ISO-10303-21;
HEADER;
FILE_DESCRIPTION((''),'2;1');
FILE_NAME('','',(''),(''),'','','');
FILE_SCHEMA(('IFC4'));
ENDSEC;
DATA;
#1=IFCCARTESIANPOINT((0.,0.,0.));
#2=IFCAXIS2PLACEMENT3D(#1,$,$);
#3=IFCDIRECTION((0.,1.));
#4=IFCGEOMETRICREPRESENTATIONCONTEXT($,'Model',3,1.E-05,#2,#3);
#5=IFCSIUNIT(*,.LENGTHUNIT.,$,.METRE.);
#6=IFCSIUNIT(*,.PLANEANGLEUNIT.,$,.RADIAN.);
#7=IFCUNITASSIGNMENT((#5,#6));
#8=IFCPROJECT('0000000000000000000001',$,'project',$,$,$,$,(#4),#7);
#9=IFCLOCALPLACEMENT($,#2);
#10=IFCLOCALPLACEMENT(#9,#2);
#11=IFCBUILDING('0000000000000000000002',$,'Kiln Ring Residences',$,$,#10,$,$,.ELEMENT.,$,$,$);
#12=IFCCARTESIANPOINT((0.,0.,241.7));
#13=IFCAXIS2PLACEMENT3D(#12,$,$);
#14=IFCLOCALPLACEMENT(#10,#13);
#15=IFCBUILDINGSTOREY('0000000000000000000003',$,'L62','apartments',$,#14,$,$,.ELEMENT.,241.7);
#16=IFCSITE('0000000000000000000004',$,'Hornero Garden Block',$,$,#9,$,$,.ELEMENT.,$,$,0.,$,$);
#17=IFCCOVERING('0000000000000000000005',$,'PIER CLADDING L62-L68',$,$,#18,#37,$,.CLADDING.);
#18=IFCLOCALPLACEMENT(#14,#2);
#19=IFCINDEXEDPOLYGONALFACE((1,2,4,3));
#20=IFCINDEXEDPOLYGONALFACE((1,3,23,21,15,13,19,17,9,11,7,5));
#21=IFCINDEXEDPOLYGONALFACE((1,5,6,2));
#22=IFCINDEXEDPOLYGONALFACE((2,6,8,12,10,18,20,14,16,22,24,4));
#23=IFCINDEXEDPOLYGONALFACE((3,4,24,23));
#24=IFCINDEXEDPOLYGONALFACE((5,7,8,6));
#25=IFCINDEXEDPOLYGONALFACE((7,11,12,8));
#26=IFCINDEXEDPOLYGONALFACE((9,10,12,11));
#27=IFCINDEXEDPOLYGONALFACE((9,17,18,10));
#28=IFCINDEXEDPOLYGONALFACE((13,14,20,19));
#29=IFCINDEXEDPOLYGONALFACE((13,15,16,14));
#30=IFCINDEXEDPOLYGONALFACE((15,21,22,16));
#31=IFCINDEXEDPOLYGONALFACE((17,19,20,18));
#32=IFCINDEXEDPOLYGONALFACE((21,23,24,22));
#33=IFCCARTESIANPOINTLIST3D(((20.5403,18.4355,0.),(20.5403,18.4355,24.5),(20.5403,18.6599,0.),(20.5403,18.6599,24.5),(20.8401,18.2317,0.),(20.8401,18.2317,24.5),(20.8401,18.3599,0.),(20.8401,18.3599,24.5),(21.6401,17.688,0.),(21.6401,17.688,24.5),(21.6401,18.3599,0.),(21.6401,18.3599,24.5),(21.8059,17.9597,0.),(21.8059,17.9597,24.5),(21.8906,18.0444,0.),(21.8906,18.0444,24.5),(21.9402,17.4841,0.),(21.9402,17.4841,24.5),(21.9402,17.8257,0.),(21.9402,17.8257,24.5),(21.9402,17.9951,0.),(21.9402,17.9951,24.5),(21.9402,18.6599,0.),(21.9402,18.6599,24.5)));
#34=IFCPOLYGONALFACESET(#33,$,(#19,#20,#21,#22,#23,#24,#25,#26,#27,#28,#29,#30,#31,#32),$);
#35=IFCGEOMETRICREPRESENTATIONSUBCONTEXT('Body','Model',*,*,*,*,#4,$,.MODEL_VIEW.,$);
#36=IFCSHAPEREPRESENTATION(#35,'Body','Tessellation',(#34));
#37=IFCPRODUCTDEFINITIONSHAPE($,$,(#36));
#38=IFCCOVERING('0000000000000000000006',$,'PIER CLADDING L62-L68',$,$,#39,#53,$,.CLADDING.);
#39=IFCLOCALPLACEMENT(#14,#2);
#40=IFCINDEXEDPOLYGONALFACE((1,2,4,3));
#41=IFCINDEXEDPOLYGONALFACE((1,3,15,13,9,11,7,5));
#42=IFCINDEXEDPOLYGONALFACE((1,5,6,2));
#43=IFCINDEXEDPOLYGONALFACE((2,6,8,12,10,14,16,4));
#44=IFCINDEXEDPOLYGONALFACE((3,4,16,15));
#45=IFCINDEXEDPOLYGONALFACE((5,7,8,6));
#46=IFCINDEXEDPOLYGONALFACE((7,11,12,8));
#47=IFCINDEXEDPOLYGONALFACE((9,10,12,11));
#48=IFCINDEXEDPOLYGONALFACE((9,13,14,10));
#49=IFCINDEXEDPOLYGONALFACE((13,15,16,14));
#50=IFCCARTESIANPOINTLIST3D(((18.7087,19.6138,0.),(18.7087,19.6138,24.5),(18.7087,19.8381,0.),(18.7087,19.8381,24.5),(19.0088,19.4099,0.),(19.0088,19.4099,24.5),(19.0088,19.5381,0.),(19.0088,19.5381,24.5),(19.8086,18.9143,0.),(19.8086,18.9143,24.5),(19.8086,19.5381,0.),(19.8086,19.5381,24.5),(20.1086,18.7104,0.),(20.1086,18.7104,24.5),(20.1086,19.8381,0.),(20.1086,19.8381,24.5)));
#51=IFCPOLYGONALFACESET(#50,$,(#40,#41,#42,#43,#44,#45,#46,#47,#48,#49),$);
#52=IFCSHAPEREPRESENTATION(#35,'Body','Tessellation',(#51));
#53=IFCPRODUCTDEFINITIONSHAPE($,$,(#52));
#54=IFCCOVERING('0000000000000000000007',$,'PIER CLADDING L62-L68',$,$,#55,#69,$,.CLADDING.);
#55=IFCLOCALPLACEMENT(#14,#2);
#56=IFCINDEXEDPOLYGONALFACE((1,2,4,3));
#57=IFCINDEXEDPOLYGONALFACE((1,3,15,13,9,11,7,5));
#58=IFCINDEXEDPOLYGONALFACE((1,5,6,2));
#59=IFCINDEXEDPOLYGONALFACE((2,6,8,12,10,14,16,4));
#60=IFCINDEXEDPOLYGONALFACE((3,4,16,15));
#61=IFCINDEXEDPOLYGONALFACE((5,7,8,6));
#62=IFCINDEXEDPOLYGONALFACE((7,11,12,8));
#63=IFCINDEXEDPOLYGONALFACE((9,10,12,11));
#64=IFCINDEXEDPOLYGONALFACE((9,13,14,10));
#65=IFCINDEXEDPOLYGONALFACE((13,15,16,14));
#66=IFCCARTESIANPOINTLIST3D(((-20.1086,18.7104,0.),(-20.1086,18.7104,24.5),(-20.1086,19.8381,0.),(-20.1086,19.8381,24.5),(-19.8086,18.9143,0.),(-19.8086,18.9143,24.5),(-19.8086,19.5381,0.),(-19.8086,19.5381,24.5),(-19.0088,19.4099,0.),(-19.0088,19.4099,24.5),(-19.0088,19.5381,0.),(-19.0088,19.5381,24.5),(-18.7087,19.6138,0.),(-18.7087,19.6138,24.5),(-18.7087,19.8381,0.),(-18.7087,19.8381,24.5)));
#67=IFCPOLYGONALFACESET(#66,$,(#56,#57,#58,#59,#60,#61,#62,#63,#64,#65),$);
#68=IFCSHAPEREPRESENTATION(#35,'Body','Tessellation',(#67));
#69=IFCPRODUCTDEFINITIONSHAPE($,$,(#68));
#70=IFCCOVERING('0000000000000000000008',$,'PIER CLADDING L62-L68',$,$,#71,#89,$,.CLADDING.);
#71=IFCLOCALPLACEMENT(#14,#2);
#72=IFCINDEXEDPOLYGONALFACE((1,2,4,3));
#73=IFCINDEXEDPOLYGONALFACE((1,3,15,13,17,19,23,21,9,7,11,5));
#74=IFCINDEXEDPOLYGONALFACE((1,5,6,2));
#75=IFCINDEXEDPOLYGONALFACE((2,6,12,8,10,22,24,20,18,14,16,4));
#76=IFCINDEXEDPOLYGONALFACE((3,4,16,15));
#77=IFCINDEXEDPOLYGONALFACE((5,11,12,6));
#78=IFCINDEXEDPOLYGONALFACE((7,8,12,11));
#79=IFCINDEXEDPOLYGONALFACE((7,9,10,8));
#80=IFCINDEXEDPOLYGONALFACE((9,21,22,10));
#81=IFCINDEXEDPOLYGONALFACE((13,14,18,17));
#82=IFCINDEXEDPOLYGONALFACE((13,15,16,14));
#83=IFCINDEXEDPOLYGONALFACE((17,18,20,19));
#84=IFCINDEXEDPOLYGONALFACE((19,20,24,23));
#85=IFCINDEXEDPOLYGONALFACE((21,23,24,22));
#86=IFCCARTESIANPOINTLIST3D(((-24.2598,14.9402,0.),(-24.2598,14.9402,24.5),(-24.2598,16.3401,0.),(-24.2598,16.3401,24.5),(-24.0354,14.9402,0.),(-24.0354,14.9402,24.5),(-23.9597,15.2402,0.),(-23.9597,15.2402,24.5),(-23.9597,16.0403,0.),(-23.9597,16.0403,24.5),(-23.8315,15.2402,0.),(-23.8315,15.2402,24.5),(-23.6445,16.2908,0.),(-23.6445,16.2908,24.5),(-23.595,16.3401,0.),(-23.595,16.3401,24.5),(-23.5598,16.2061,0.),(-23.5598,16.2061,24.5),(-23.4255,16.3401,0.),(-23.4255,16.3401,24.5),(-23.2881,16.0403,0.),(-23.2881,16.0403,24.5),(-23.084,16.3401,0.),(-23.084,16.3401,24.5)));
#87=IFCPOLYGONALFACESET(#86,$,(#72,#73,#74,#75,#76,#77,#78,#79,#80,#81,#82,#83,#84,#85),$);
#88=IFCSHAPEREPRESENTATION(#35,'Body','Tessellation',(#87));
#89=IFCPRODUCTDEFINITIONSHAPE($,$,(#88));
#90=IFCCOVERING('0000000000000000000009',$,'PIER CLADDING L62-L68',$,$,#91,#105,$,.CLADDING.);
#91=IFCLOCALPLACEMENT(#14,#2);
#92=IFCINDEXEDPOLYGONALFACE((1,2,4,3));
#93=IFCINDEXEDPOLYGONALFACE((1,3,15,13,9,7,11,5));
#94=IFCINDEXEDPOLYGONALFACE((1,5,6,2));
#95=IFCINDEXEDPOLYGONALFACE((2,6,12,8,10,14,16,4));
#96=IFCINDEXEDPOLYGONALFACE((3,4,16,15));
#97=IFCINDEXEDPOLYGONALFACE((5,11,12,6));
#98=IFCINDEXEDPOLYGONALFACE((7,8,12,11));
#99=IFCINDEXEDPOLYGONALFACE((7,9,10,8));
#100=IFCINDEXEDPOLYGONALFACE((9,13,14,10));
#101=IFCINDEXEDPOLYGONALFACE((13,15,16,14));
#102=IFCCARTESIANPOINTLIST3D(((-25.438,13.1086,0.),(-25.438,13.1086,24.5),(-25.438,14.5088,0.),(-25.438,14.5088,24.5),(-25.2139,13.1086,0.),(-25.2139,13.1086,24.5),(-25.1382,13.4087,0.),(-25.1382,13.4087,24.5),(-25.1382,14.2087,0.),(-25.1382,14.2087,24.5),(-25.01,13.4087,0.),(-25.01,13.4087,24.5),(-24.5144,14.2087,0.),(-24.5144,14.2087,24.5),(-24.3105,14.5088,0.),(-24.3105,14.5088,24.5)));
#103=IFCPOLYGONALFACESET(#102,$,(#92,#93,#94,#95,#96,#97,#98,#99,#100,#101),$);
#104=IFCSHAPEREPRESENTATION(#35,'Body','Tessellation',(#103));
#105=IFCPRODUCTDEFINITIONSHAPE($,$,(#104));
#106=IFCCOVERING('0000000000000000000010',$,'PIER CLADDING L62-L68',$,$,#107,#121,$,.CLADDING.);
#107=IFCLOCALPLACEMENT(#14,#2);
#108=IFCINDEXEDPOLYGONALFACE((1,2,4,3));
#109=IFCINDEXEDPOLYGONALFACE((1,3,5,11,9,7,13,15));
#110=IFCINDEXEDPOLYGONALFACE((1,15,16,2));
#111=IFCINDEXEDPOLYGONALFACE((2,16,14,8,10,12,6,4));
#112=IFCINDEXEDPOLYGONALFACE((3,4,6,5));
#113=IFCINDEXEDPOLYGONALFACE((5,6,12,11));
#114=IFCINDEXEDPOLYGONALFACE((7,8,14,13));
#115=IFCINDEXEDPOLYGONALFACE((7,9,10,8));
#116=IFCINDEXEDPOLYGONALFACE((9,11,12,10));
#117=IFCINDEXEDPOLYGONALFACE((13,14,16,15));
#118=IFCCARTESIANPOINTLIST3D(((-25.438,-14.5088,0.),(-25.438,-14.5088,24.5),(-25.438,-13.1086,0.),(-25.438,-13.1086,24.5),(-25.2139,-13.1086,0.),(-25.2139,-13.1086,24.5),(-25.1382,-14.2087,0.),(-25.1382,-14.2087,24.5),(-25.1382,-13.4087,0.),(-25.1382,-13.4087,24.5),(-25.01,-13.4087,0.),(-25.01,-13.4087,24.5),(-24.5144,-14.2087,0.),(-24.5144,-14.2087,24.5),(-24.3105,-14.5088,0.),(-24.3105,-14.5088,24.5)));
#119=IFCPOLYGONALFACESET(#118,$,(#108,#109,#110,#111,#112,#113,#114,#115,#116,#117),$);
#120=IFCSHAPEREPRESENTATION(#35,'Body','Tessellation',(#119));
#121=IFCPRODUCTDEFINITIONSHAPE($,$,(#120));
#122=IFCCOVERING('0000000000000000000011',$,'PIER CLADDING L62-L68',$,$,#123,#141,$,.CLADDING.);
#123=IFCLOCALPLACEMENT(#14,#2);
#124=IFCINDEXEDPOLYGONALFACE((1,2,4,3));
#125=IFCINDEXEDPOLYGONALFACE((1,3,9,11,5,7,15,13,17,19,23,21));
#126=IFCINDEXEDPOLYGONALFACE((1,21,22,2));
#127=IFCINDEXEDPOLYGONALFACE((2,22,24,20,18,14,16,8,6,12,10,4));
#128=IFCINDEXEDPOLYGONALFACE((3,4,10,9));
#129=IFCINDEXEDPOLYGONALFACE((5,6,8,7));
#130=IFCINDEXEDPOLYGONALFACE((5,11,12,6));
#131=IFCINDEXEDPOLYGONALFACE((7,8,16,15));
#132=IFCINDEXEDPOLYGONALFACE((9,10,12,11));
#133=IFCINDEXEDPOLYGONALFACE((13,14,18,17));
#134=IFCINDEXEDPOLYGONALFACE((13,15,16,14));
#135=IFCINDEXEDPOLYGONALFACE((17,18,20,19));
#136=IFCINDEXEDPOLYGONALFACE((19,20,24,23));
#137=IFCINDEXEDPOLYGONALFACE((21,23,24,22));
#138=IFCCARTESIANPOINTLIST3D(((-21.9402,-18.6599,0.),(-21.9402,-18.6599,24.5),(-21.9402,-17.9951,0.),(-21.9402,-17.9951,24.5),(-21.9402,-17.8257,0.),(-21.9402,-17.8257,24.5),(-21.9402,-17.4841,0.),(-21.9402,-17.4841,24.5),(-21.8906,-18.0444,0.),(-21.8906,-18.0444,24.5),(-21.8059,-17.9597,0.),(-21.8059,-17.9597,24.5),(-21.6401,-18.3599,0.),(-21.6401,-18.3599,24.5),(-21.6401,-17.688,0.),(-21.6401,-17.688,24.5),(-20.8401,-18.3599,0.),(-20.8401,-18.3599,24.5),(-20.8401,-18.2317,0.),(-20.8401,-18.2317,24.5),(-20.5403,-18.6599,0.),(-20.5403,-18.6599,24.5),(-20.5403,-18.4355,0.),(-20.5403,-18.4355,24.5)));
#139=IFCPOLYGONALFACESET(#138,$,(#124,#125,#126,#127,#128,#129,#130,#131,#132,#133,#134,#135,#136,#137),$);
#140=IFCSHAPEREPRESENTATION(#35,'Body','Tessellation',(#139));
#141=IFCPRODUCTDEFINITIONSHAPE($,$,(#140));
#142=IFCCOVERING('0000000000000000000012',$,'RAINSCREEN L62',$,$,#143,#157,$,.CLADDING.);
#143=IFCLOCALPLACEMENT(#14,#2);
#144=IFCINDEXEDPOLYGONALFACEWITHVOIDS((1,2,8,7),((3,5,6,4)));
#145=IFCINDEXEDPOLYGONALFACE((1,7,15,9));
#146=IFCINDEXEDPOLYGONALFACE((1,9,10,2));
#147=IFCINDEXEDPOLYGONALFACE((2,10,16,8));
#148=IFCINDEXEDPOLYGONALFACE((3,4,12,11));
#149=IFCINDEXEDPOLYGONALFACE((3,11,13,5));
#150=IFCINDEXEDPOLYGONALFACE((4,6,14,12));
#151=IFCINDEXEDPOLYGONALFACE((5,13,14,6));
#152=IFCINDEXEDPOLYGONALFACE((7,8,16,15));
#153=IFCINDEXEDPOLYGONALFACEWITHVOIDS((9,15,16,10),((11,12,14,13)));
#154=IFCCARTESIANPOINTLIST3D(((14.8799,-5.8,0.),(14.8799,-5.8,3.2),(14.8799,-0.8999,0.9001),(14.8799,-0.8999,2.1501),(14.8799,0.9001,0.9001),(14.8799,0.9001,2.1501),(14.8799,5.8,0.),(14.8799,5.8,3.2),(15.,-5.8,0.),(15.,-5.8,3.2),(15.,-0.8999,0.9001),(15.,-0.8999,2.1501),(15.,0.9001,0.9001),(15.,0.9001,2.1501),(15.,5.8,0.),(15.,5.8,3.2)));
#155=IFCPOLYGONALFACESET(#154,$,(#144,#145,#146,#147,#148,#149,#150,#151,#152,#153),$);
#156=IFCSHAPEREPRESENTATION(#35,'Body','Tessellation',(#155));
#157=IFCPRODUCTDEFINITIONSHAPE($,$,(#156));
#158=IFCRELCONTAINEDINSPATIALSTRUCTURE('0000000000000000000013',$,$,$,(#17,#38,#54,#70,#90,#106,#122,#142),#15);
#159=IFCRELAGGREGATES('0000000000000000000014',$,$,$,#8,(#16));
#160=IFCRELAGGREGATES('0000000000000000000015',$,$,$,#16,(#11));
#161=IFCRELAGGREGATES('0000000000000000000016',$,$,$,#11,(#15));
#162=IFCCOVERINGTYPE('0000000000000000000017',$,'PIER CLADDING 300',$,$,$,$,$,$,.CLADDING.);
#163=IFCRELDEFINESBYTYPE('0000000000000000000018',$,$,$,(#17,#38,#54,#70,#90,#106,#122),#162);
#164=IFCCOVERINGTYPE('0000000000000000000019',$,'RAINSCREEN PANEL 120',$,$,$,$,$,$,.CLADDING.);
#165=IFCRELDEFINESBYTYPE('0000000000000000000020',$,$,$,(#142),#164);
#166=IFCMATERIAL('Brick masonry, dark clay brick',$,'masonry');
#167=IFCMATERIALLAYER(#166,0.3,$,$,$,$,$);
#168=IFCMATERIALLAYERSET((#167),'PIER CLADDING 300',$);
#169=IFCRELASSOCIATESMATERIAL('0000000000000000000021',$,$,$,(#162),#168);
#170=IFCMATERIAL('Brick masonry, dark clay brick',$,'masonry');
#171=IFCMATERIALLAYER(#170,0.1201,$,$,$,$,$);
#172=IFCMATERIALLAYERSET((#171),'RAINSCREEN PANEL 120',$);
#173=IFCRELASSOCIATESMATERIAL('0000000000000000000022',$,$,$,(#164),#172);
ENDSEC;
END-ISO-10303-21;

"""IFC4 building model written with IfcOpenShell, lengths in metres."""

from ifc_helpers import new_model, si_unit, direction, frame, origin, place, context, subcontext, project, spatial, polyline, outline, extrude, material, layer, layer_set, type_object, element, save


model = new_model("IFC4")

# Units and contexts
model_context = context("Model", 3, precision=1e-05, world=origin(), true_north=direction((0.0, 1.0)))
body_context = subcontext(model_context, "Body", "Model", "MODEL_VIEW")
ifc_project = project(units=[si_unit("LENGTHUNIT", "METRE"), si_unit("PLANEANGLEUNIT", "RADIAN")], contexts=[model_context])

# Site, building, storey
site_placement = place(None, origin())
site = spatial("IfcSite", under=ifc_project, at=site_placement, Name="Hornero Garden Block", CompositionType="ELEMENT", RefElevation=0.0)
building_placement = place(site_placement, origin())
building = spatial("IfcBuilding", under=site, at=building_placement, Name="Kiln Ring Residences", CompositionType="ELEMENT")
storey_placement = place(building_placement, frame((0.0, 0.0, 241.7)))
storey = spatial("IfcBuildingStorey", under=building, at=storey_placement, Name="L62", Description="apartments", CompositionType="ELEMENT", Elevation=241.7)

# Coverings
placement = place(storey_placement, origin())
ifc_material_1 = material(Name="Brick masonry, dark clay brick", Category="masonry")
ifc_layer_1 = layer(ifc_material_1, 0.3)
ifc_layer_set_1 = layer_set([ifc_layer_1], Name="PIER CLADDING 300")
covering_type_1 = type_object("IfcCoveringType", Name="PIER CLADDING 300", PredefinedType="CLADDING", material=ifc_layer_set_1)
element("IfcCovering", 1, at=placement, inside=storey, type_object=covering_type_1, Name="PIER CLADDING L62-L68", PredefinedType="CLADDING", context=body_context, shape_type="SweptSolid", body=[
    extrude(outline(polyline([(21.9402, 18.6599), (20.5403, 18.6599), (20.5403, 18.4355), (20.8401, 18.2317), (20.8401, 18.3599), (21.6401, 18.3599), (21.6401, 17.688), (21.9402, 17.4841), (21.9402, 17.8257), (21.8059, 17.9597), (21.8906, 18.0444), (21.9402, 17.9951), (21.9402, 18.6599)])), origin(), (0.0, 0.0, 1.0), 24.5),
])
element("IfcCovering", 2, at=placement, inside=storey, type_object=covering_type_1, Name="PIER CLADDING L62-L68", PredefinedType="CLADDING", context=body_context, shape_type="SweptSolid", body=[
    extrude(outline(polyline([(20.1086, 19.8381), (18.7087, 19.8381), (18.7087, 19.6138), (19.0088, 19.4099), (19.0088, 19.5381), (19.8086, 19.5381), (19.8086, 18.9143), (20.1086, 18.7104), (20.1086, 19.8381)])), origin(), (0.0, 0.0, 1.0), 24.5),
])
element("IfcCovering", 3, at=placement, inside=storey, type_object=covering_type_1, Name="PIER CLADDING L62-L68", PredefinedType="CLADDING", context=body_context, shape_type="SweptSolid", body=[
    extrude(outline(polyline([(-18.7087, 19.8381), (-20.1086, 19.8381), (-20.1086, 18.7104), (-19.8086, 18.9143), (-19.8086, 19.5381), (-19.0088, 19.5381), (-19.0088, 19.4099), (-18.7087, 19.6138), (-18.7087, 19.8381)])), origin(), (0.0, 0.0, 1.0), 24.5),
])
element("IfcCovering", 4, at=placement, inside=storey, type_object=covering_type_1, Name="PIER CLADDING L62-L68", PredefinedType="CLADDING", context=body_context, shape_type="SweptSolid", body=[
    extrude(outline(polyline([(-23.595, 16.3401), (-24.2598, 16.3401), (-24.2598, 14.9402), (-24.0354, 14.9402), (-23.8315, 15.2402), (-23.9597, 15.2402), (-23.9597, 16.0403), (-23.2881, 16.0403), (-23.084, 16.3401), (-23.4255, 16.3401), (-23.5598, 16.2061), (-23.6445, 16.2908), (-23.595, 16.3401)])), origin(), (0.0, 0.0, 1.0), 24.5),
])
element("IfcCovering", 5, at=placement, inside=storey, type_object=covering_type_1, Name="PIER CLADDING L62-L68", PredefinedType="CLADDING", context=body_context, shape_type="SweptSolid", body=[
    extrude(outline(polyline([(-24.3105, 14.5088), (-25.438, 14.5088), (-25.438, 13.1086), (-25.2139, 13.1086), (-25.01, 13.4087), (-25.1382, 13.4087), (-25.1382, 14.2087), (-24.5144, 14.2087), (-24.3105, 14.5088)])), origin(), (0.0, 0.0, 1.0), 24.5),
])
element("IfcCovering", 6, at=placement, inside=storey, type_object=covering_type_1, Name="PIER CLADDING L62-L68", PredefinedType="CLADDING", context=body_context, shape_type="SweptSolid", body=[
    extrude(outline(polyline([(-25.2139, -13.1086), (-25.438, -13.1086), (-25.438, -14.5088), (-24.3105, -14.5088), (-24.5144, -14.2087), (-25.1382, -14.2087), (-25.1382, -13.4087), (-25.01, -13.4087), (-25.2139, -13.1086)])), origin(), (0.0, 0.0, 1.0), 24.5),
])
element("IfcCovering", 7, at=placement, inside=storey, type_object=covering_type_1, Name="PIER CLADDING L62-L68", PredefinedType="CLADDING", context=body_context, shape_type="SweptSolid", body=[
    extrude(outline(polyline([(-21.6401, -17.688), (-21.9402, -17.4841), (-21.9402, -17.8257), (-21.8059, -17.9597), (-21.8906, -18.0444), (-21.9402, -17.9951), (-21.9402, -18.6599), (-20.5403, -18.6599), (-20.5403, -18.4355), (-20.8401, -18.2317), (-20.8401, -18.3599), (-21.6401, -18.3599), (-21.6401, -17.688)])), origin(), (0.0, 0.0, 1.0), 24.5),
])
ifc_material_2 = material(Name="Brick masonry, dark clay brick", Category="masonry")
ifc_layer_2 = layer(ifc_material_2, 0.1201)
ifc_layer_set_2 = layer_set([ifc_layer_2], Name="RAINSCREEN PANEL 120")
covering_type_2 = type_object("IfcCoveringType", Name="RAINSCREEN PANEL 120", PredefinedType="CLADDING", material=ifc_layer_set_2)
covering_1_placement = place(storey_placement, frame((14.9399, 5.8, 0.0), z_axis=(0.0, 0.0, 1.0), x_axis=(0.0, -1.0, 0.0)))
element("IfcCovering", 8, at=covering_1_placement, inside=storey, type_object=covering_type_2, Name="RAINSCREEN L62", PredefinedType="CLADDING", context=body_context, shape_type="SweptSolid", body=[
    extrude(outline(polyline([(0.0, 0.0), (11.6001, 0.0), (11.6001, 3.2), (0.0, 3.2), (0.0, 0.0)]), holes=[polyline([(4.8999, 2.1501), (4.8999, 0.9001), (6.7, 0.9001), (6.7, 2.1501), (4.8999, 2.1501)])]), frame((0.0, 0.0601, 0.0), z_axis=(0.0, -1.0, 0.0), x_axis=(1.0, 0.0, 0.0)), (0.0, 0.0, 1.0), 0.1201),
])

save(model, "model.ifc")
